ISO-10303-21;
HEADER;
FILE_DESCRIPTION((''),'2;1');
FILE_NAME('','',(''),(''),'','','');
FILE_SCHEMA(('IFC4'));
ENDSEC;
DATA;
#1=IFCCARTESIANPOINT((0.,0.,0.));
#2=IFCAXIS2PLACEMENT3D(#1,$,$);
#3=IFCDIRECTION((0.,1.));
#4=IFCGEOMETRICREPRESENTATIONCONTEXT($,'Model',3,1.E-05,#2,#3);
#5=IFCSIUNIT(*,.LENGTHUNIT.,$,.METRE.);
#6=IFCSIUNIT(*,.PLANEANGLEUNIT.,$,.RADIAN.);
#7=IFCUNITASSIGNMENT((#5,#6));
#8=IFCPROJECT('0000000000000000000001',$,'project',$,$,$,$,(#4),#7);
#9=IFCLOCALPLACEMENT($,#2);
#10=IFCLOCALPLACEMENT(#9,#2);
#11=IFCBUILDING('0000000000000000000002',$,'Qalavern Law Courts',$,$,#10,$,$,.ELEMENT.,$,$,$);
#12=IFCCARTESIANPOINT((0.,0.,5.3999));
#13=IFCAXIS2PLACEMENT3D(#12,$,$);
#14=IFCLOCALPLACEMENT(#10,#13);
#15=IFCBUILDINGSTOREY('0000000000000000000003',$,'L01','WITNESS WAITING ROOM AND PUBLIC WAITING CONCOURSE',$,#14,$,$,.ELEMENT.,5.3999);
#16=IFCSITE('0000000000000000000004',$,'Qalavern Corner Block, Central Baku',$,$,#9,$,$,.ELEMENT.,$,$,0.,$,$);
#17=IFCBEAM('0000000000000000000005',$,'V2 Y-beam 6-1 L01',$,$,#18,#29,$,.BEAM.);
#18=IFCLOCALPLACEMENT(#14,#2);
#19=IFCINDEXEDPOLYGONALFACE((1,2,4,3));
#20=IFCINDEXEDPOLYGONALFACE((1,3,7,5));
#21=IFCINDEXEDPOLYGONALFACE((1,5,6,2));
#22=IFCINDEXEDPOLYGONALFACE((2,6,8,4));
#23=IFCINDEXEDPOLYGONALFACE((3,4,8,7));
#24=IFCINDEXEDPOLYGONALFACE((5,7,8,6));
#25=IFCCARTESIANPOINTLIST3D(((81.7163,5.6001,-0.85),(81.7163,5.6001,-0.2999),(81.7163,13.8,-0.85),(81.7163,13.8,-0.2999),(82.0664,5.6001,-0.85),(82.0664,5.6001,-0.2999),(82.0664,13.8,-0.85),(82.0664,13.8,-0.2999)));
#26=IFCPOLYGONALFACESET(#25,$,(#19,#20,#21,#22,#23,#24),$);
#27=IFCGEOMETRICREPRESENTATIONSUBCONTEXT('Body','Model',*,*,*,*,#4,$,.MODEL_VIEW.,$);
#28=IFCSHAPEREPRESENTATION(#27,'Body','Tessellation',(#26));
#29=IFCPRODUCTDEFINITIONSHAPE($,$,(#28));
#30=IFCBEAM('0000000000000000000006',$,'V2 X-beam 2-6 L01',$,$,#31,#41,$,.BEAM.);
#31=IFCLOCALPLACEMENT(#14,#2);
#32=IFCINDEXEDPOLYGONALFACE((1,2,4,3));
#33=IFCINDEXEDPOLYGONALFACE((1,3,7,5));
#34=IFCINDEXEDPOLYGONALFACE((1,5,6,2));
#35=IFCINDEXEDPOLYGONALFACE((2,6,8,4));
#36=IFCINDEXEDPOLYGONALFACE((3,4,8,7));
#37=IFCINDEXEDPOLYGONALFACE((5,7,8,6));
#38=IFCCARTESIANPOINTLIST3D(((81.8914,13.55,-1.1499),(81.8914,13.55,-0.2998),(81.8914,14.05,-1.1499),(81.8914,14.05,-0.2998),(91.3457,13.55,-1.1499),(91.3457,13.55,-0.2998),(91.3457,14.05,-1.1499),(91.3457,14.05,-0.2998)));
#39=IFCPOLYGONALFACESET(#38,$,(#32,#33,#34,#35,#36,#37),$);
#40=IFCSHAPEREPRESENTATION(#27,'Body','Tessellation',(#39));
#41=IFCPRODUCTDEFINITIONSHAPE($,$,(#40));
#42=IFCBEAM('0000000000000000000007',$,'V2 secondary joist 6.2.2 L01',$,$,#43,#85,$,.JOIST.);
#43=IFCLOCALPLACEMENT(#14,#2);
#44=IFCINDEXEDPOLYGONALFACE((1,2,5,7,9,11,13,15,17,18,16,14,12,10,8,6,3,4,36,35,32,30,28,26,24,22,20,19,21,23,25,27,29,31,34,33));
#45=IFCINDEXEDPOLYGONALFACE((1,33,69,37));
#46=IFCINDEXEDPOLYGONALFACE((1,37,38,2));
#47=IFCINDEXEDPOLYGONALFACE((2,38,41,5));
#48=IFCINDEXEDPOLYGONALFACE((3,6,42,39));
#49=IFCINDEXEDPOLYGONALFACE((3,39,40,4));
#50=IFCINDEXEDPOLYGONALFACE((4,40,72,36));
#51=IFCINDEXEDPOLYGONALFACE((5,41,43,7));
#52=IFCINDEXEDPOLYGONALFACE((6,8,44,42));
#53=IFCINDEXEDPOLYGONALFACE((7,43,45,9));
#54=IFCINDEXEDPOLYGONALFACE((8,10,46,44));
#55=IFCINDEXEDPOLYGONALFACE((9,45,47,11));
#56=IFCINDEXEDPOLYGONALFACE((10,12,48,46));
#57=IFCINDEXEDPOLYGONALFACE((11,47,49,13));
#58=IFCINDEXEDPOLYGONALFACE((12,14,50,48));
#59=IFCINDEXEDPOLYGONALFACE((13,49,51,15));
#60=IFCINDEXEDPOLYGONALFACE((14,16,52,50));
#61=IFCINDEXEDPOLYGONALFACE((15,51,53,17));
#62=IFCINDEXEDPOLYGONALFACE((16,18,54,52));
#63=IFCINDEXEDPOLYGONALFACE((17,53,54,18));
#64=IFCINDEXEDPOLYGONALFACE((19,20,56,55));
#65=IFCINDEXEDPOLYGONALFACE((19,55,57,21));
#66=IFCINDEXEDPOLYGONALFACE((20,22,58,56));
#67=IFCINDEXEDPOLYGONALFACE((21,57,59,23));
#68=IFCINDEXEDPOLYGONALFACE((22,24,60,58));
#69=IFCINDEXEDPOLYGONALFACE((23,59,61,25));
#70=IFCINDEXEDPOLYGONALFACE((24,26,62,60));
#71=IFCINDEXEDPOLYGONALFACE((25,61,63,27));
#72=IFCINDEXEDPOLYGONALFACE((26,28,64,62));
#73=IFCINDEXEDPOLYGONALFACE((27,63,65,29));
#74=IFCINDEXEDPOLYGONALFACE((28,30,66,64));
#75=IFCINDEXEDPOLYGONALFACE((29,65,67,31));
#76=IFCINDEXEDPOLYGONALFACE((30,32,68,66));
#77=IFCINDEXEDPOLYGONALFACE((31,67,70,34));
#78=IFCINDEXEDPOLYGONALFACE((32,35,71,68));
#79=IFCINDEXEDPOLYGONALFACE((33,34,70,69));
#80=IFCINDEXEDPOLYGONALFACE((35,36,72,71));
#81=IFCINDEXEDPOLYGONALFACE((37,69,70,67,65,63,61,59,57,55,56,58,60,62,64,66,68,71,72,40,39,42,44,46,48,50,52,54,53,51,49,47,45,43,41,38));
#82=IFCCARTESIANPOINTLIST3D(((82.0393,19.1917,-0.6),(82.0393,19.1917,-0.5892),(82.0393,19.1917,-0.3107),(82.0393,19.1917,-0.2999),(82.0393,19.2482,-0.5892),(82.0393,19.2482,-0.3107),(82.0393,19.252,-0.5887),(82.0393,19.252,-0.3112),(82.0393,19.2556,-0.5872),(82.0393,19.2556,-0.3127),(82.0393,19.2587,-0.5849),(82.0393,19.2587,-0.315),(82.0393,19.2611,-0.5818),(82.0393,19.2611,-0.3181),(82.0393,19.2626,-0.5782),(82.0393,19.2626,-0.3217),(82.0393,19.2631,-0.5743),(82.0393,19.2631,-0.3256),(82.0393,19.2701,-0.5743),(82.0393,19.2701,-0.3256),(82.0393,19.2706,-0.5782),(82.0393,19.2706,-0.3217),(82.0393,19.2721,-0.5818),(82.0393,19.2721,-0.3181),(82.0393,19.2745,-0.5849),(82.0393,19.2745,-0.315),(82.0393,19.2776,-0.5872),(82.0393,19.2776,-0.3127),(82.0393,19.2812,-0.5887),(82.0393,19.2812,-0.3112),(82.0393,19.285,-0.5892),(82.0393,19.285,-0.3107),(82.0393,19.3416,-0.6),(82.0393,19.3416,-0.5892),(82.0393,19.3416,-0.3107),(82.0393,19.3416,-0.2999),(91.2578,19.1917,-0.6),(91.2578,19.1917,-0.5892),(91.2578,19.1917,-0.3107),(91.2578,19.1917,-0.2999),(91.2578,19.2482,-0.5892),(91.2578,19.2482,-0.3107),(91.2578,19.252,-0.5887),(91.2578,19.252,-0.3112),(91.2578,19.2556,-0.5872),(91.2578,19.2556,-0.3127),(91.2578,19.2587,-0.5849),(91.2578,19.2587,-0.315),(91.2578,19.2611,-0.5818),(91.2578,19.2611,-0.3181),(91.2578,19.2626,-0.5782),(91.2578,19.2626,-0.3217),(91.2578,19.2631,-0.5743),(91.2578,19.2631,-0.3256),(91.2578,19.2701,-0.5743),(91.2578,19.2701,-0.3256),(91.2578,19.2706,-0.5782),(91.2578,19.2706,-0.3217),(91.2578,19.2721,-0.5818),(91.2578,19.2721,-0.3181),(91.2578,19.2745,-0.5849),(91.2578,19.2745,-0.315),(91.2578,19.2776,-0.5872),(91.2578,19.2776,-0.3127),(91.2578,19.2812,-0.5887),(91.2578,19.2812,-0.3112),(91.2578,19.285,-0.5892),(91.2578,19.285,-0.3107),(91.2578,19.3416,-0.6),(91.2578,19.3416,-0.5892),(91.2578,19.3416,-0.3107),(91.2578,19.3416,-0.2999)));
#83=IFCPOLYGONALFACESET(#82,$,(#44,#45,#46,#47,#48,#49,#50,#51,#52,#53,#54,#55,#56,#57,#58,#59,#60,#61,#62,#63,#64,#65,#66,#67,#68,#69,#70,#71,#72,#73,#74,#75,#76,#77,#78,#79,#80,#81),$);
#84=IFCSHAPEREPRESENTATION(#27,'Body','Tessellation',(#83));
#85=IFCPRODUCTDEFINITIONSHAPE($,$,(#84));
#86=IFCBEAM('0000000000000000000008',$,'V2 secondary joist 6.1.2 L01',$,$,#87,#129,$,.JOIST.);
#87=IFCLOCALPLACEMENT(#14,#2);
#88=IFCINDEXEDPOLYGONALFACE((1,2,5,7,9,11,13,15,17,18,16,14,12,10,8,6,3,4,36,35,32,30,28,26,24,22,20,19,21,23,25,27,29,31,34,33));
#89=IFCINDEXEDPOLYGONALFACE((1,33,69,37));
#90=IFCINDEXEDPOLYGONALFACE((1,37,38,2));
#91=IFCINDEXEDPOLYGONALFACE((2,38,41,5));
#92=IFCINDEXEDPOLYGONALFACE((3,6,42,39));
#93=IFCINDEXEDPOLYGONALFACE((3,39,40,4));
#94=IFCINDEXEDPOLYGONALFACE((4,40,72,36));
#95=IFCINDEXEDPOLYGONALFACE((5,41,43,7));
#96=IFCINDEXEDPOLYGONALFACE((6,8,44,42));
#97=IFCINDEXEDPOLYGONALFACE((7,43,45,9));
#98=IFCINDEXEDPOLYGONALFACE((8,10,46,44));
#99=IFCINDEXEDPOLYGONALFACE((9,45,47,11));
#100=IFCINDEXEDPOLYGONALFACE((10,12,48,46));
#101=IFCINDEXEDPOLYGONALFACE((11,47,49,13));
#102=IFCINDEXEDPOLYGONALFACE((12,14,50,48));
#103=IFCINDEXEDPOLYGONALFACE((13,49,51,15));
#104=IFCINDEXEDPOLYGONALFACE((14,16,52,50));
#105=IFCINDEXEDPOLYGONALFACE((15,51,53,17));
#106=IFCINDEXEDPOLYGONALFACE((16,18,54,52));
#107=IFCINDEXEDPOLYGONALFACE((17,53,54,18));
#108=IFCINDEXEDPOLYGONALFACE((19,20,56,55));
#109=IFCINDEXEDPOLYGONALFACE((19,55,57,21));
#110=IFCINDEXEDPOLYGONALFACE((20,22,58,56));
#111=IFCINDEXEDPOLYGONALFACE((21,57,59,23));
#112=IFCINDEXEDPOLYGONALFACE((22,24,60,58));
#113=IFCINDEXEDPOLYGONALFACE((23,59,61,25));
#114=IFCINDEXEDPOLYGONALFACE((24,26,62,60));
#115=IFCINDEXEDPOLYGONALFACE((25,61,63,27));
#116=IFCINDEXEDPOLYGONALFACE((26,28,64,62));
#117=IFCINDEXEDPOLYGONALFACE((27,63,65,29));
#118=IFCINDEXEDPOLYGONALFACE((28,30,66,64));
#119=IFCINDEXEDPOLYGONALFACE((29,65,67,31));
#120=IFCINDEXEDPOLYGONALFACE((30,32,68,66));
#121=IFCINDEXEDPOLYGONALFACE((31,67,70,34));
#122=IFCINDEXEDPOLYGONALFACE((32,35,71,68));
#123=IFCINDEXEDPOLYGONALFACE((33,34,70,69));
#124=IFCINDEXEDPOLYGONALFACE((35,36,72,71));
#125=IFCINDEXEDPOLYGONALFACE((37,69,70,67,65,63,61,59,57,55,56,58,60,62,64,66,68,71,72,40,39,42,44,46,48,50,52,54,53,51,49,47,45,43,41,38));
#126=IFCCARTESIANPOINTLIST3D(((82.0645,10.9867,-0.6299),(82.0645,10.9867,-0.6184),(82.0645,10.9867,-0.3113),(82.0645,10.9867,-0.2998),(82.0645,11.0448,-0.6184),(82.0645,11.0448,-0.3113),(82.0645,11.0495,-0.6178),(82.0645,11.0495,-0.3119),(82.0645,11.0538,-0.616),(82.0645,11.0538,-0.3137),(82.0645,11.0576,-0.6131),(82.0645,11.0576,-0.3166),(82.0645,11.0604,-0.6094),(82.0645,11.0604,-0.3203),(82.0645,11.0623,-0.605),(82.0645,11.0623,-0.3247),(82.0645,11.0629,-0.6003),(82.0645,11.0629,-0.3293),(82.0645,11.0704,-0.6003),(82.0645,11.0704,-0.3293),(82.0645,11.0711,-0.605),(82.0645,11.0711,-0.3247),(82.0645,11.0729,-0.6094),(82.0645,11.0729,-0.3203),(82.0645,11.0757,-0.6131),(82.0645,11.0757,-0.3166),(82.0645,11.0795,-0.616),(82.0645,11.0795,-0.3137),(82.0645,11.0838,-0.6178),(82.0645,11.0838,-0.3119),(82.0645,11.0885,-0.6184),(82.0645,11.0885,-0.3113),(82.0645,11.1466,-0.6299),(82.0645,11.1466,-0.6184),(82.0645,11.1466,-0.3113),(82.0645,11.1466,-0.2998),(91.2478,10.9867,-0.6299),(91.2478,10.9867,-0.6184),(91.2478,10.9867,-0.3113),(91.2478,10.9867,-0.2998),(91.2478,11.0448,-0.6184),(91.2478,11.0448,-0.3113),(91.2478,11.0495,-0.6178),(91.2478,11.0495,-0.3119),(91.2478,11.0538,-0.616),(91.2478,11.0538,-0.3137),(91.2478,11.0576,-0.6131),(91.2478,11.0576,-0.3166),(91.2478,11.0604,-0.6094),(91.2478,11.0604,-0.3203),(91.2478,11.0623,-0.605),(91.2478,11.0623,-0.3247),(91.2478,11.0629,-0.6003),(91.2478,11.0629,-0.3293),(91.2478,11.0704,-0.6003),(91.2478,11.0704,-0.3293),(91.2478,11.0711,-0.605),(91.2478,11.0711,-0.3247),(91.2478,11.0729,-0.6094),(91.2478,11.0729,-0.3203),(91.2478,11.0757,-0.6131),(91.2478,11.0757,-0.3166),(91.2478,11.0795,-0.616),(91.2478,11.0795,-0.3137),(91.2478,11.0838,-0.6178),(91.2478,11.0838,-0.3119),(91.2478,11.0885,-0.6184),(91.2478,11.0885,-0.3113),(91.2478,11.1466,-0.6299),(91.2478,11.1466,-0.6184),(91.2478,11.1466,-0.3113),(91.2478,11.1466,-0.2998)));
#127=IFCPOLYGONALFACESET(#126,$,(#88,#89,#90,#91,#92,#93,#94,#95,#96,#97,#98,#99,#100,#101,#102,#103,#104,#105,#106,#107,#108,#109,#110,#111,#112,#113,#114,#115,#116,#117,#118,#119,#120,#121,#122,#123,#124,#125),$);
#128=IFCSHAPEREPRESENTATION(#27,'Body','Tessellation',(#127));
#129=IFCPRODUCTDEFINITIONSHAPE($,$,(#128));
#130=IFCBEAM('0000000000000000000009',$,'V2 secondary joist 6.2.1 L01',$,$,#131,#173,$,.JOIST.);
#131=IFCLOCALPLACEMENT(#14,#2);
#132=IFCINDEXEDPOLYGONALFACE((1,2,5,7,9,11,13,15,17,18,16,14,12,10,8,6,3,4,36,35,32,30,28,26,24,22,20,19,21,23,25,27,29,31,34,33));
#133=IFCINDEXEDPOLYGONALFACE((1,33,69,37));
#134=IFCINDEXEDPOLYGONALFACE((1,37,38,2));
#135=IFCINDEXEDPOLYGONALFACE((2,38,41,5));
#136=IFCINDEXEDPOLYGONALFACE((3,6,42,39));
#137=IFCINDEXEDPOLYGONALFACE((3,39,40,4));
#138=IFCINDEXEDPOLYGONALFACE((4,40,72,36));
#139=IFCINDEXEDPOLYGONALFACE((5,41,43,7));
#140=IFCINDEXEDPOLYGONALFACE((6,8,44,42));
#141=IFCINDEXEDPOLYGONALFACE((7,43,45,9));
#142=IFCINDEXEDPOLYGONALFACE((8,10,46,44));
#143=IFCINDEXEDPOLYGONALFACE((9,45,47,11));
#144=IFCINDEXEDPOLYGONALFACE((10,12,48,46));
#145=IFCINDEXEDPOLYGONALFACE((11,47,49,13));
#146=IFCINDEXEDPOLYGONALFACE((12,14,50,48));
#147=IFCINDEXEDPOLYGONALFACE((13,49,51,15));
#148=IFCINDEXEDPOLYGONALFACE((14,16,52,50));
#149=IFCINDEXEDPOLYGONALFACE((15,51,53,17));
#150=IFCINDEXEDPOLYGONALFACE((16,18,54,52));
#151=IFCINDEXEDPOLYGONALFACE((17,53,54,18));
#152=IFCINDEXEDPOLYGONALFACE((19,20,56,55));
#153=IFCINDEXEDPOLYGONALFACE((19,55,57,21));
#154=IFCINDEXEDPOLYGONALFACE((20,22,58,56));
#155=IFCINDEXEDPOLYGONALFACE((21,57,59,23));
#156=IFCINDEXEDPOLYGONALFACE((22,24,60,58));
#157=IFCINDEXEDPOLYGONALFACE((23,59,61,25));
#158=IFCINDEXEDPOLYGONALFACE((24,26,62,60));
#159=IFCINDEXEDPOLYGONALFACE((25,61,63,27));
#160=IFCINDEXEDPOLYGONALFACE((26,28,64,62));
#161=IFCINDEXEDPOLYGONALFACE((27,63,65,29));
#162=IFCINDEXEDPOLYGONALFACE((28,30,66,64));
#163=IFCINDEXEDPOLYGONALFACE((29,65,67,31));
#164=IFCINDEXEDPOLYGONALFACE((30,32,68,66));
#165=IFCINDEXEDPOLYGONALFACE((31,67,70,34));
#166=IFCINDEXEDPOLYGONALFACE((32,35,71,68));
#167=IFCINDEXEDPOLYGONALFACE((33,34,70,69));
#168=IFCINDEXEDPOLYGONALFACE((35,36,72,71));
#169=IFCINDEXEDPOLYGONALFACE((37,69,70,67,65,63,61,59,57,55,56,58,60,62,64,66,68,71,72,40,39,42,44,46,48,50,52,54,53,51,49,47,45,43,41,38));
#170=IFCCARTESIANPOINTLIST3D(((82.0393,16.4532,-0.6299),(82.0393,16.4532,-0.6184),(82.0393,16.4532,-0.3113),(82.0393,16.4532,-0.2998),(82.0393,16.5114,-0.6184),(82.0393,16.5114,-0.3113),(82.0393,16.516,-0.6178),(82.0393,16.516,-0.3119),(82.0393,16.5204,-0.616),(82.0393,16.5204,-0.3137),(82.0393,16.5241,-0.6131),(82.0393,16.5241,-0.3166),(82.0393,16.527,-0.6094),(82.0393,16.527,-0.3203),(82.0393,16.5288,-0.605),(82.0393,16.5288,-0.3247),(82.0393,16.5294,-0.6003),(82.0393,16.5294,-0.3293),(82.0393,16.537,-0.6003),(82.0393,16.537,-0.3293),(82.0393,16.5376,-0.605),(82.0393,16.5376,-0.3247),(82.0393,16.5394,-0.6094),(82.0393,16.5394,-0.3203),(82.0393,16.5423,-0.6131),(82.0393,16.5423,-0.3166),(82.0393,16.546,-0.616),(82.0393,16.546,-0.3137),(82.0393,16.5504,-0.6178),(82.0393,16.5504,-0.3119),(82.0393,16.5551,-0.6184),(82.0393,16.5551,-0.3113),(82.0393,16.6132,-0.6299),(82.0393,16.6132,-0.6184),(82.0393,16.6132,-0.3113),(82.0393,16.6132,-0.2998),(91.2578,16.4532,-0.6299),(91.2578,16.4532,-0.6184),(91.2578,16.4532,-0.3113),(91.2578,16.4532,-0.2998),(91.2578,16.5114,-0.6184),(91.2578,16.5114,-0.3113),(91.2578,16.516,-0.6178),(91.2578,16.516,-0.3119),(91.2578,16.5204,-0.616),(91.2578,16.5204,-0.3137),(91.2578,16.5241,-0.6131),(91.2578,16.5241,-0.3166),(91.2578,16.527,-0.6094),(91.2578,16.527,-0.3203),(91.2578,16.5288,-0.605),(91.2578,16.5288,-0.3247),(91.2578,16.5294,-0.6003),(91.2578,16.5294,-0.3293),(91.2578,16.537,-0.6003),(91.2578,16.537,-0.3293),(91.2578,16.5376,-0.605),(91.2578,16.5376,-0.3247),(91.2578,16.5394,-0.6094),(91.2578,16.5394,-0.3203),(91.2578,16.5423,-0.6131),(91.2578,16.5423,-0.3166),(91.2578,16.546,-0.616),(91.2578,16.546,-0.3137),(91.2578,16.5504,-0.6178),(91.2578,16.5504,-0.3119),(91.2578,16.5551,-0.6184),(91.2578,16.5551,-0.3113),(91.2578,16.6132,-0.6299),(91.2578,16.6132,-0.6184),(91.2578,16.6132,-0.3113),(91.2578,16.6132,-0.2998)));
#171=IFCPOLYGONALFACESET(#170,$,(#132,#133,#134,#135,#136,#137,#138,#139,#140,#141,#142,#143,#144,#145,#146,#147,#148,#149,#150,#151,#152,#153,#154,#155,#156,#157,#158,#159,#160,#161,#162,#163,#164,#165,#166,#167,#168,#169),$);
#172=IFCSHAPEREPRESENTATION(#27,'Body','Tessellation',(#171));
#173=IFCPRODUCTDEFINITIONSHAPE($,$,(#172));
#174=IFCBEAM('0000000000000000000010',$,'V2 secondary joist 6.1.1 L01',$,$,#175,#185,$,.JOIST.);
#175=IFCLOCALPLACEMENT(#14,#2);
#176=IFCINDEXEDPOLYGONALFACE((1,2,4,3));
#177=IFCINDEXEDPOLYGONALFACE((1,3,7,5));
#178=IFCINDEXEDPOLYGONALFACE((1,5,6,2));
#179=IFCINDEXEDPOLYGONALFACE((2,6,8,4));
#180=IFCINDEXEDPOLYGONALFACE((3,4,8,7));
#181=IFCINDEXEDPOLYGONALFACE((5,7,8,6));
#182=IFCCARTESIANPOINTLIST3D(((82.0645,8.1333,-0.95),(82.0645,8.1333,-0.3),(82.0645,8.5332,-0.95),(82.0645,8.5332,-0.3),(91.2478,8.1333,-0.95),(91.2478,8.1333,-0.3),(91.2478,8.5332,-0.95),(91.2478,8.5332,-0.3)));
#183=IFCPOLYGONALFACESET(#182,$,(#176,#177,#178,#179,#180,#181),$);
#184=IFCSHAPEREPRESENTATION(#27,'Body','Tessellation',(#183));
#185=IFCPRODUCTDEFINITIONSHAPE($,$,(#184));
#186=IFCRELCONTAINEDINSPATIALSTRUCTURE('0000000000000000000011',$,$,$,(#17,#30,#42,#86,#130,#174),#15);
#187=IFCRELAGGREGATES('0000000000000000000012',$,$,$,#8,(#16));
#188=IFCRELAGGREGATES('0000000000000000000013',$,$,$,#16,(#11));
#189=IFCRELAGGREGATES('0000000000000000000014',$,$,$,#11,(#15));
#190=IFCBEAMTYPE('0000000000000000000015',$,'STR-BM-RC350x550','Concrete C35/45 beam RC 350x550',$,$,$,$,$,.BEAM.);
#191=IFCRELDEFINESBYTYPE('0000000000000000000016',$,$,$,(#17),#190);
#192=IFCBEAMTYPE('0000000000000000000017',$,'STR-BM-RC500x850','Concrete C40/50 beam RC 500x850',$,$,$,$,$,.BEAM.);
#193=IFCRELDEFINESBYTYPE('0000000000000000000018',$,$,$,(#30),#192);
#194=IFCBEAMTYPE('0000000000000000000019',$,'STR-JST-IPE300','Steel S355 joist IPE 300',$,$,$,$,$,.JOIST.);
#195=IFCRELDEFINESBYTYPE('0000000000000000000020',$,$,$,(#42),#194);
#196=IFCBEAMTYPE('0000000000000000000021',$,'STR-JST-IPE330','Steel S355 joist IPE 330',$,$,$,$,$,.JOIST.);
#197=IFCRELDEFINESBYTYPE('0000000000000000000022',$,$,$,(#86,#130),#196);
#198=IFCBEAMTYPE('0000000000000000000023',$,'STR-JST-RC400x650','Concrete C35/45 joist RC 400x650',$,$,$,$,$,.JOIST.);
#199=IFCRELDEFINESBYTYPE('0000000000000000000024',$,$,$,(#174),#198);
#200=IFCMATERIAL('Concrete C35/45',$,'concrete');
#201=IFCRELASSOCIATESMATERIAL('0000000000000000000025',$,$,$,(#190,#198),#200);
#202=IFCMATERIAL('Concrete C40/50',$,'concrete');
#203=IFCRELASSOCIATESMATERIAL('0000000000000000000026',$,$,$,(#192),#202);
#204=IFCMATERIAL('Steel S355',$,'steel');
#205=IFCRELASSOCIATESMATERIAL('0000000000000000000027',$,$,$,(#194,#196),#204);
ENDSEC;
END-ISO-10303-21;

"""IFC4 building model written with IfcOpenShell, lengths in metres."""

from ifc_helpers import new_model, si_unit, direction, frame, origin, origin_2d, place, context, subcontext, project, spatial, rectangle, i_section, extrude, material, material_profile, profile_set, type_object, element, save


model = new_model("IFC4")

# Units and contexts
model_context = context("Model", 3, precision=1e-05, world=origin(), true_north=direction((0.0, 1.0)))
body_context = subcontext(model_context, "Body", "Model", "MODEL_VIEW")
ifc_project = project(units=[si_unit("LENGTHUNIT", "METRE"), si_unit("PLANEANGLEUNIT", "RADIAN")], contexts=[model_context])

# Site, building, storey
site_placement = place(None, origin())
site = spatial("IfcSite", under=ifc_project, at=site_placement, Name="Qalavern Corner Block, Central Baku", CompositionType="ELEMENT", RefElevation=0.0)
building_placement = place(site_placement, origin())
building = spatial("IfcBuilding", under=site, at=building_placement, Name="Qalavern Law Courts", CompositionType="ELEMENT")
storey_placement = place(building_placement, frame((0.0, 0.0, 5.3999)))
storey = spatial("IfcBuildingStorey", under=building, at=storey_placement, Name="L01", Description="WITNESS WAITING ROOM AND PUBLIC WAITING CONCOURSE", CompositionType="ELEMENT", Elevation=5.3999)

# Beams
ifc_material_1 = material(Name="Steel S355", Category="steel")
ifc_material_2 = material(Name="Concrete C35/45", Category="concrete")
ifc_material_profile_1 = material_profile(ifc_material_2, rectangle(XDim=0.3501, YDim=0.55, at=origin_2d()), Name="RC 350x550")
ifc_profile_set_1 = profile_set([ifc_material_profile_1], Name="Concrete C35/45")
beam_type_1 = type_object("IfcBeamType", Name="STR-BM-RC350x550", Description="Concrete C35/45 beam RC 350x550", PredefinedType="BEAM", material=ifc_profile_set_1)
beam_1_placement = place(storey_placement, frame((81.8914, 5.6001, -0.575), z_axis=(0.0, 1.0, 0.0), x_axis=(-1.0, 0.0, 0.0)))
element("IfcBeam", 1, at=beam_1_placement, inside=storey, type_object=beam_type_1, Name="V2 Y-beam 6-1 L01", PredefinedType="BEAM", context=body_context, shape_type="SweptSolid", body=[
    extrude(rectangle(XDim=0.3501, YDim=0.55, at=origin_2d()), origin(), (0.0, 0.0, 1.0), 8.2),
])
ifc_material_3 = material(Name="Concrete C40/50", Category="concrete")
ifc_material_profile_2 = material_profile(ifc_material_3, rectangle(XDim=0.5, YDim=0.8501, at=origin_2d()), Name="RC 500x850")
ifc_profile_set_2 = profile_set([ifc_material_profile_2], Name="Concrete C40/50")
beam_type_2 = type_object("IfcBeamType", Name="STR-BM-RC500x850", Description="Concrete C40/50 beam RC 500x850", PredefinedType="BEAM", material=ifc_profile_set_2)
beam_2_placement = place(storey_placement, frame((81.8914, 13.8, -0.7249), z_axis=(1.0, 0.0, 0.0), x_axis=(0.0, 1.0, 0.0)))
element("IfcBeam", 2, at=beam_2_placement, inside=storey, type_object=beam_type_2, Name="V2 X-beam 2-6 L01", PredefinedType="BEAM", context=body_context, shape_type="SweptSolid", body=[
    extrude(rectangle(XDim=0.5, YDim=0.8501, at=origin_2d()), origin(), (0.0, 0.0, 1.0), 9.4543),
])
ifc_material_profile_3 = material_profile(ifc_material_1, i_section(OverallWidth=0.1499, OverallDepth=0.3, WebThickness=0.0071, FlangeThickness=0.0107, FilletRadius=0.0149, at=origin_2d()), Name="IPE 300")
ifc_profile_set_3 = profile_set([ifc_material_profile_3], Name="Steel S355")
beam_type_3 = type_object("IfcBeamType", Name="STR-JST-IPE300", Description="Steel S355 joist IPE 300", PredefinedType="JOIST", material=ifc_profile_set_3)
beam_3_placement = place(storey_placement, frame((82.0393, 19.2666, -0.45), z_axis=(1.0, 0.0, 0.0), x_axis=(0.0, 1.0, 0.0)))
element("IfcBeam", 3, at=beam_3_placement, inside=storey, type_object=beam_type_3, Name="V2 secondary joist 6.2.2 L01", PredefinedType="JOIST", context=body_context, shape_type="SweptSolid", body=[
    extrude(i_section(OverallWidth=0.1499, OverallDepth=0.3, WebThickness=0.0071, FlangeThickness=0.0107, FilletRadius=0.0149, at=origin_2d()), origin(), (0.0, 0.0, 1.0), 9.2185),
])
ifc_material_profile_4 = material_profile(ifc_material_1, i_section(OverallWidth=0.1599, OverallDepth=0.3301, WebThickness=0.0076, FlangeThickness=0.0115, FilletRadius=0.0181, at=origin_2d()), Name="IPE 330")
ifc_profile_set_4 = profile_set([ifc_material_profile_4], Name="Steel S355")
beam_type_4 = type_object("IfcBeamType", Name="STR-JST-IPE330", Description="Steel S355 joist IPE 330", PredefinedType="JOIST", material=ifc_profile_set_4)
beam_4_placement = place(storey_placement, frame((82.0645, 11.0667, -0.4648), z_axis=(1.0, 0.0, 0.0), x_axis=(0.0, 1.0, 0.0)))
element("IfcBeam", 4, at=beam_4_placement, inside=storey, type_object=beam_type_4, Name="V2 secondary joist 6.1.2 L01", PredefinedType="JOIST", context=body_context, shape_type="SweptSolid", body=[
    extrude(i_section(OverallWidth=0.1599, OverallDepth=0.3301, WebThickness=0.0076, FlangeThickness=0.0115, FilletRadius=0.0181, at=origin_2d()), origin(), (0.0, 0.0, 1.0), 9.1833),
])
beam_5_placement = place(storey_placement, frame((82.0393, 16.5332, -0.4648), z_axis=(1.0, 0.0, 0.0), x_axis=(0.0, 1.0, 0.0)))
element("IfcBeam", 5, at=beam_5_placement, inside=storey, type_object=beam_type_4, Name="V2 secondary joist 6.2.1 L01", PredefinedType="JOIST", context=body_context, shape_type="SweptSolid", body=[
    extrude(i_section(OverallWidth=0.1599, OverallDepth=0.3301, WebThickness=0.0076, FlangeThickness=0.0115, FilletRadius=0.0181, at=origin_2d()), origin(), (0.0, 0.0, 1.0), 9.2185),
])
ifc_material_profile_5 = material_profile(ifc_material_2, rectangle(XDim=0.3999, YDim=0.6499, at=origin_2d()), Name="RC 400x650")
ifc_profile_set_5 = profile_set([ifc_material_profile_5], Name="Concrete C35/45")
beam_type_5 = type_object("IfcBeamType", Name="STR-JST-RC400x650", Description="Concrete C35/45 joist RC 400x650", PredefinedType="JOIST", material=ifc_profile_set_5)
beam_6_placement = place(storey_placement, frame((82.0645, 8.3333, -0.625), z_axis=(1.0, 0.0, 0.0), x_axis=(0.0, 1.0, 0.0)))
element("IfcBeam", 6, at=beam_6_placement, inside=storey, type_object=beam_type_5, Name="V2 secondary joist 6.1.1 L01", PredefinedType="JOIST", context=body_context, shape_type="SweptSolid", body=[
    extrude(rectangle(XDim=0.3999, YDim=0.6499, at=origin_2d()), origin(), (0.0, 0.0, 1.0), 9.1833),
])

save(model, "model.ifc")
